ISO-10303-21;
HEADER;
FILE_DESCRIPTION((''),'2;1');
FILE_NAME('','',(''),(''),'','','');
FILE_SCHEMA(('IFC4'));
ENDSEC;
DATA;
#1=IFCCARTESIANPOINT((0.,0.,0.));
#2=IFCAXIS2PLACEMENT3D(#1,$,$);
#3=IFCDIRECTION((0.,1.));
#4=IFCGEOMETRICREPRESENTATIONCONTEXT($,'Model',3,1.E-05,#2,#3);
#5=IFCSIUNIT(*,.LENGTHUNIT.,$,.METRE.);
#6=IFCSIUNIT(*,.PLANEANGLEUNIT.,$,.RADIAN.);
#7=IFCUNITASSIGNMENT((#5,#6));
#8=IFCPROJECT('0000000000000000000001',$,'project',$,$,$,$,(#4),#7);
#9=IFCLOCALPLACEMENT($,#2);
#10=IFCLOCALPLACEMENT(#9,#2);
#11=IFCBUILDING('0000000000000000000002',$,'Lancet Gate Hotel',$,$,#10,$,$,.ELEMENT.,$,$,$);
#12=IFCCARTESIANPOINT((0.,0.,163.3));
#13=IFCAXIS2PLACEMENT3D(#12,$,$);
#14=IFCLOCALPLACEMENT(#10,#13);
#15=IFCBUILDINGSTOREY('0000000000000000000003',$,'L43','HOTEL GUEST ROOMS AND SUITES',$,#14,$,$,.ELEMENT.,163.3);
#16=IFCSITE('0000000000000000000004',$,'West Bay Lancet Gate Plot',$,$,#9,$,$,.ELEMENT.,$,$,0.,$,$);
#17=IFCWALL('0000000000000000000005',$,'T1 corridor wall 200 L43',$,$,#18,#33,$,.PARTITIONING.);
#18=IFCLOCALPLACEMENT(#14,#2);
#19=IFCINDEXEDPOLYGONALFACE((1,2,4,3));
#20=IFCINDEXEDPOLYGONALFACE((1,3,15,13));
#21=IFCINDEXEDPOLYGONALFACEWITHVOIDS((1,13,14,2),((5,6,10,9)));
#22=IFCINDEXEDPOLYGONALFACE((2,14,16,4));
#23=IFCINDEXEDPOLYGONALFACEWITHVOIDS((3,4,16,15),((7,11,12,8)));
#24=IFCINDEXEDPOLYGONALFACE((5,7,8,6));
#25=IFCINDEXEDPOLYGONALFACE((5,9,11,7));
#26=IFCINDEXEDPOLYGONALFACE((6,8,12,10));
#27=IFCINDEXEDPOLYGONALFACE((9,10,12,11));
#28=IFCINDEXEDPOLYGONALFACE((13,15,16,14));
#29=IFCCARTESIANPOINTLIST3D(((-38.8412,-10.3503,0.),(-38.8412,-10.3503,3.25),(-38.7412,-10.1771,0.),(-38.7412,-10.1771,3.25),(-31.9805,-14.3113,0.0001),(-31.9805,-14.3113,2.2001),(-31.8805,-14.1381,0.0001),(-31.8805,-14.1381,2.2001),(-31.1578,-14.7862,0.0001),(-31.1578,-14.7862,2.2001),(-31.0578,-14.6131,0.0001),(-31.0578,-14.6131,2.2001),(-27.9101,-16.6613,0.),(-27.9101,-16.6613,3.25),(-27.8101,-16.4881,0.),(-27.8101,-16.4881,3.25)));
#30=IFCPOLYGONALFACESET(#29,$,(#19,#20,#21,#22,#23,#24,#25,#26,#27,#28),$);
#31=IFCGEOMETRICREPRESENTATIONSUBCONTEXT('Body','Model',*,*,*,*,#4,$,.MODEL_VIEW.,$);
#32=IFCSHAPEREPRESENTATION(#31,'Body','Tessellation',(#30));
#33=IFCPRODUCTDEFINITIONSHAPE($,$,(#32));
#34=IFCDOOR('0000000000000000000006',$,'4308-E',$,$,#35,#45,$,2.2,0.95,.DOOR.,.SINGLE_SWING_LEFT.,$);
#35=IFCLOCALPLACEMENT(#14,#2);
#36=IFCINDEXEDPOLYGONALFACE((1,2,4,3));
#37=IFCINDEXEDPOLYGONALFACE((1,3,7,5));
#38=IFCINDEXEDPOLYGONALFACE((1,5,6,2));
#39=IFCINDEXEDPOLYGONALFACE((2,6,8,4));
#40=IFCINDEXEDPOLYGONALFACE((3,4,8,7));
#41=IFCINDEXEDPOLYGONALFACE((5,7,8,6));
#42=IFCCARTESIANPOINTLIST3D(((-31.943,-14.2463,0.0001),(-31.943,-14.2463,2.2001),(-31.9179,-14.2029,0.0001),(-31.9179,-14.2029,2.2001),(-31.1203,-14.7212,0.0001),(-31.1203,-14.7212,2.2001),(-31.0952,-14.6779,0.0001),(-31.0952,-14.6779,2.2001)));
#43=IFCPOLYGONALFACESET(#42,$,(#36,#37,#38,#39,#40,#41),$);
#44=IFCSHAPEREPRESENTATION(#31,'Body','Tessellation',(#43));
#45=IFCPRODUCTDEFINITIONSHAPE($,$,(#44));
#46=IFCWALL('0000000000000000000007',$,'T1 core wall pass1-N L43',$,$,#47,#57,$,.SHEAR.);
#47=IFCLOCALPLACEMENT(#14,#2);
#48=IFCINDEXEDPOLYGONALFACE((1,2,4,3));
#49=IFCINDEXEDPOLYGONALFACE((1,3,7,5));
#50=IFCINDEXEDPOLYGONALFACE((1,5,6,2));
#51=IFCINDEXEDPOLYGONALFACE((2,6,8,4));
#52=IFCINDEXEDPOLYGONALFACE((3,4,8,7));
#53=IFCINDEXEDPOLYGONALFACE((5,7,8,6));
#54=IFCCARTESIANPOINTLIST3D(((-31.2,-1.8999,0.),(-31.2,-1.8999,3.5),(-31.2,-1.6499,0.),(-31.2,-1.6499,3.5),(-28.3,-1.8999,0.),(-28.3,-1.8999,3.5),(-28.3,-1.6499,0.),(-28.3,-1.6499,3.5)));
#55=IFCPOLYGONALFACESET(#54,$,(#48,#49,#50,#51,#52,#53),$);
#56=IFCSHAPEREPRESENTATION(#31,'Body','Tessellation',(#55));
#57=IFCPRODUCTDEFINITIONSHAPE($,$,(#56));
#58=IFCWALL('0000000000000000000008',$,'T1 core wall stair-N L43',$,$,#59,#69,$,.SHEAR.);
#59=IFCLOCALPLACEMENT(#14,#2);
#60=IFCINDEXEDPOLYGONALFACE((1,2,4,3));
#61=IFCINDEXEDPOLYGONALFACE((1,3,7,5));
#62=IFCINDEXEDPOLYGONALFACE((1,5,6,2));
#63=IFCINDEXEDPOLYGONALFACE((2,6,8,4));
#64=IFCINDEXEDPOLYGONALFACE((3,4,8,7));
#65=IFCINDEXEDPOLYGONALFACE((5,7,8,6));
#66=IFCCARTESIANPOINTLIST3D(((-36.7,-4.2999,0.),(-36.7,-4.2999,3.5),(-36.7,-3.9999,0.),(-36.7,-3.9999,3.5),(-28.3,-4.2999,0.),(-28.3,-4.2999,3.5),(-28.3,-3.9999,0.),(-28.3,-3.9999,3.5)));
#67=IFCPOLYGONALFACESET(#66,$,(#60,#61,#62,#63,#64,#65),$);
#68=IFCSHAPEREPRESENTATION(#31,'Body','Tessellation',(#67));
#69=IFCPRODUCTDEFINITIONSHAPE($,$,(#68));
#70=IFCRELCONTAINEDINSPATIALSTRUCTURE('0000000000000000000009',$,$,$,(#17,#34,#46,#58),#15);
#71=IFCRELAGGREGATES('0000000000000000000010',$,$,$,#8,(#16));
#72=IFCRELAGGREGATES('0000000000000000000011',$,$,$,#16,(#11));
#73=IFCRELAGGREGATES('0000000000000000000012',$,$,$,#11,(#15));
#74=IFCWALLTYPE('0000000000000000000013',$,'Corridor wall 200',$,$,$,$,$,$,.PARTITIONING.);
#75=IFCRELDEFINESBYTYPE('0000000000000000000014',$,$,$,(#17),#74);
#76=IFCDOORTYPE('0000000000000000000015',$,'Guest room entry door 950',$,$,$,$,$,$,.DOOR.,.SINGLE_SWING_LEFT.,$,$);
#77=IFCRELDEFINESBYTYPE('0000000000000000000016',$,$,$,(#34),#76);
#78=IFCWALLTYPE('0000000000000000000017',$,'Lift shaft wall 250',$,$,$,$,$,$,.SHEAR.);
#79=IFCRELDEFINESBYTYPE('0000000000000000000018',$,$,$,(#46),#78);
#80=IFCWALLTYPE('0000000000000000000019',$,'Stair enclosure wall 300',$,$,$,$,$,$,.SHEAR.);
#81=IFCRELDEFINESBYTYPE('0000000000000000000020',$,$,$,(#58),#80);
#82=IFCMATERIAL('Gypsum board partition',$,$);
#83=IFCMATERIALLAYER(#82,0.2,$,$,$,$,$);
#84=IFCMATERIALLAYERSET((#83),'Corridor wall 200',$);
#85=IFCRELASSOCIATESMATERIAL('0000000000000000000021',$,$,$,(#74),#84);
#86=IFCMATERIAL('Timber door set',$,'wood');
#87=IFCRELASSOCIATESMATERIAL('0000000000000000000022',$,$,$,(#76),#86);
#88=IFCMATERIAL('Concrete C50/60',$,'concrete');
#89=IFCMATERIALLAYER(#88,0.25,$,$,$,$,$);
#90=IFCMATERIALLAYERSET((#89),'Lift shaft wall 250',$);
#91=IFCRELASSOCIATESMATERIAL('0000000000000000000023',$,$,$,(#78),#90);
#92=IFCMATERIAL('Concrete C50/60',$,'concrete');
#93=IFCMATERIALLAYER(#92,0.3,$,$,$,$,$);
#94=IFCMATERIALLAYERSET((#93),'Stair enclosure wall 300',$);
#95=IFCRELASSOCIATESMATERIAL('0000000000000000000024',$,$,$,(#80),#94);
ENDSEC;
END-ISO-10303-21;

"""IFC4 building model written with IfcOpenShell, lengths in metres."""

from ifc_helpers import new_model, si_unit, direction, frame, frame_2d, origin, place, context, subcontext, project, spatial, rectangle, extrude, material, layer, layer_set, type_object, element, fill, save


model = new_model("IFC4")

# Units and contexts
model_context = context("Model", 3, precision=1e-05, world=origin(), true_north=direction((0.0, 1.0)))
body_context = subcontext(model_context, "Body", "Model", "MODEL_VIEW")
ifc_project = project(units=[si_unit("LENGTHUNIT", "METRE"), si_unit("PLANEANGLEUNIT", "RADIAN")], contexts=[model_context])

# Site, building, storey
site_placement = place(None, origin())
site = spatial("IfcSite", under=ifc_project, at=site_placement, Name="West Bay Lancet Gate Plot", CompositionType="ELEMENT", RefElevation=0.0)
building_placement = place(site_placement, origin())
building = spatial("IfcBuilding", under=site, at=building_placement, Name="Lancet Gate Hotel", CompositionType="ELEMENT")
storey_placement = place(building_placement, frame((0.0, 0.0, 163.3)))
storey = spatial("IfcBuildingStorey", under=building, at=storey_placement, Name="L43", Description="HOTEL GUEST ROOMS AND SUITES", CompositionType="ELEMENT", Elevation=163.3)

# Wall, opening, door
ifc_material_1 = material(Name="Gypsum board partition")
ifc_layer_1 = layer(ifc_material_1, 0.2)
ifc_layer_set_1 = layer_set([ifc_layer_1], Name="Corridor wall 200")
wall_type_1 = type_object("IfcWallType", Name="Corridor wall 200", PredefinedType="PARTITIONING", material=ifc_layer_set_1)
wall_1_placement = place(storey_placement, frame((-27.8601, -16.5747, 0.0), z_axis=(0.0, 0.0, 1.0), x_axis=(-0.866028, 0.499996, 0.0)))
wall_1 = element("IfcWall", 1, at=wall_1_placement, inside=storey, type_object=wall_type_1, Name="T1 corridor wall 200 L43", PredefinedType="PARTITIONING", context=body_context, shape_type="SweptSolid", body=[
    extrude(rectangle(XDim=12.6221, YDim=0.2, at=frame_2d((6.311, 0.0))), origin(), (0.0, 0.0, 1.0), 3.25),
])
opening_1_placement = place(wall_1_placement, frame((3.75, 0.0, 0.0)))
opening_1 = element("IfcOpeningElement", 2, at=opening_1_placement, cuts=wall_1, PredefinedType="OPENING", context=body_context, shape_type="SweptSolid", body=[
    extrude(rectangle(XDim=0.95, YDim=2.2, at=frame_2d((0.4751, 1.1001))), frame((0.0, 0.1099, 0.0), z_axis=(0.0, -1.0, 0.0), x_axis=(1.0, 0.0, 0.0)), (0.0, 0.0, 1.0), 0.22),
])
ifc_material_2 = material(Name="Timber door set", Category="wood")
door_type_1 = type_object("IfcDoorType", Name="Guest room entry door 950", OperationType="SINGLE_SWING_LEFT", PredefinedType="DOOR", material=ifc_material_2)
door_1_placement = place(opening_1_placement, origin())
door_1 = element("IfcDoor", 3, at=door_1_placement, inside=storey, type_object=door_type_1, Name="4308-E", OperationType="SINGLE_SWING_LEFT", OverallHeight=2.2, OverallWidth=0.95, PredefinedType="DOOR", context=body_context, shape_type="SweptSolid", body=[
    extrude(rectangle(XDim=0.95, YDim=2.2, at=frame_2d((0.4751, 1.1001))), frame((0.0, 0.0249, 0.0), z_axis=(0.0, -1.0, 0.0), x_axis=(1.0, 0.0, 0.0)), (0.0, 0.0, 1.0), 0.05),
])
fill(opening_1, door_1)

# Walls
ifc_material_3 = material(Name="Concrete C50/60", Category="concrete")
ifc_layer_2 = layer(ifc_material_3, 0.25)
ifc_layer_set_2 = layer_set([ifc_layer_2], Name="Lift shaft wall 250")
wall_type_2 = type_object("IfcWallType", Name="Lift shaft wall 250", PredefinedType="SHEAR", material=ifc_layer_set_2)
wall_2_placement = place(storey_placement, frame((-28.3, -1.7749, 0.0), z_axis=(0.0, 0.0, 1.0), x_axis=(-1.0, 0.0, 0.0)))
element("IfcWall", 4, at=wall_2_placement, inside=storey, type_object=wall_type_2, Name="T1 core wall pass1-N L43", PredefinedType="SHEAR", context=body_context, shape_type="SweptSolid", body=[
    extrude(rectangle(XDim=2.8999, YDim=0.25, at=frame_2d((1.45, 0.0))), origin(), (0.0, 0.0, 1.0), 3.5),
])
ifc_material_4 = material(Name="Concrete C50/60", Category="concrete")
ifc_layer_3 = layer(ifc_material_4, 0.3)
ifc_layer_set_3 = layer_set([ifc_layer_3], Name="Stair enclosure wall 300")
wall_type_3 = type_object("IfcWallType", Name="Stair enclosure wall 300", PredefinedType="SHEAR", material=ifc_layer_set_3)
wall_3_placement = place(storey_placement, frame((-28.3, -4.1499, 0.0), z_axis=(0.0, 0.0, 1.0), x_axis=(-1.0, 0.0, 0.0)))
element("IfcWall", 5, at=wall_3_placement, inside=storey, type_object=wall_type_3, Name="T1 core wall stair-N L43", PredefinedType="SHEAR", context=body_context, shape_type="SweptSolid", body=[
    extrude(rectangle(XDim=8.3999, YDim=0.3, at=frame_2d((4.2, 0.0))), origin(), (0.0, 0.0, 1.0), 3.5),
])

save(model, "model.ifc")
